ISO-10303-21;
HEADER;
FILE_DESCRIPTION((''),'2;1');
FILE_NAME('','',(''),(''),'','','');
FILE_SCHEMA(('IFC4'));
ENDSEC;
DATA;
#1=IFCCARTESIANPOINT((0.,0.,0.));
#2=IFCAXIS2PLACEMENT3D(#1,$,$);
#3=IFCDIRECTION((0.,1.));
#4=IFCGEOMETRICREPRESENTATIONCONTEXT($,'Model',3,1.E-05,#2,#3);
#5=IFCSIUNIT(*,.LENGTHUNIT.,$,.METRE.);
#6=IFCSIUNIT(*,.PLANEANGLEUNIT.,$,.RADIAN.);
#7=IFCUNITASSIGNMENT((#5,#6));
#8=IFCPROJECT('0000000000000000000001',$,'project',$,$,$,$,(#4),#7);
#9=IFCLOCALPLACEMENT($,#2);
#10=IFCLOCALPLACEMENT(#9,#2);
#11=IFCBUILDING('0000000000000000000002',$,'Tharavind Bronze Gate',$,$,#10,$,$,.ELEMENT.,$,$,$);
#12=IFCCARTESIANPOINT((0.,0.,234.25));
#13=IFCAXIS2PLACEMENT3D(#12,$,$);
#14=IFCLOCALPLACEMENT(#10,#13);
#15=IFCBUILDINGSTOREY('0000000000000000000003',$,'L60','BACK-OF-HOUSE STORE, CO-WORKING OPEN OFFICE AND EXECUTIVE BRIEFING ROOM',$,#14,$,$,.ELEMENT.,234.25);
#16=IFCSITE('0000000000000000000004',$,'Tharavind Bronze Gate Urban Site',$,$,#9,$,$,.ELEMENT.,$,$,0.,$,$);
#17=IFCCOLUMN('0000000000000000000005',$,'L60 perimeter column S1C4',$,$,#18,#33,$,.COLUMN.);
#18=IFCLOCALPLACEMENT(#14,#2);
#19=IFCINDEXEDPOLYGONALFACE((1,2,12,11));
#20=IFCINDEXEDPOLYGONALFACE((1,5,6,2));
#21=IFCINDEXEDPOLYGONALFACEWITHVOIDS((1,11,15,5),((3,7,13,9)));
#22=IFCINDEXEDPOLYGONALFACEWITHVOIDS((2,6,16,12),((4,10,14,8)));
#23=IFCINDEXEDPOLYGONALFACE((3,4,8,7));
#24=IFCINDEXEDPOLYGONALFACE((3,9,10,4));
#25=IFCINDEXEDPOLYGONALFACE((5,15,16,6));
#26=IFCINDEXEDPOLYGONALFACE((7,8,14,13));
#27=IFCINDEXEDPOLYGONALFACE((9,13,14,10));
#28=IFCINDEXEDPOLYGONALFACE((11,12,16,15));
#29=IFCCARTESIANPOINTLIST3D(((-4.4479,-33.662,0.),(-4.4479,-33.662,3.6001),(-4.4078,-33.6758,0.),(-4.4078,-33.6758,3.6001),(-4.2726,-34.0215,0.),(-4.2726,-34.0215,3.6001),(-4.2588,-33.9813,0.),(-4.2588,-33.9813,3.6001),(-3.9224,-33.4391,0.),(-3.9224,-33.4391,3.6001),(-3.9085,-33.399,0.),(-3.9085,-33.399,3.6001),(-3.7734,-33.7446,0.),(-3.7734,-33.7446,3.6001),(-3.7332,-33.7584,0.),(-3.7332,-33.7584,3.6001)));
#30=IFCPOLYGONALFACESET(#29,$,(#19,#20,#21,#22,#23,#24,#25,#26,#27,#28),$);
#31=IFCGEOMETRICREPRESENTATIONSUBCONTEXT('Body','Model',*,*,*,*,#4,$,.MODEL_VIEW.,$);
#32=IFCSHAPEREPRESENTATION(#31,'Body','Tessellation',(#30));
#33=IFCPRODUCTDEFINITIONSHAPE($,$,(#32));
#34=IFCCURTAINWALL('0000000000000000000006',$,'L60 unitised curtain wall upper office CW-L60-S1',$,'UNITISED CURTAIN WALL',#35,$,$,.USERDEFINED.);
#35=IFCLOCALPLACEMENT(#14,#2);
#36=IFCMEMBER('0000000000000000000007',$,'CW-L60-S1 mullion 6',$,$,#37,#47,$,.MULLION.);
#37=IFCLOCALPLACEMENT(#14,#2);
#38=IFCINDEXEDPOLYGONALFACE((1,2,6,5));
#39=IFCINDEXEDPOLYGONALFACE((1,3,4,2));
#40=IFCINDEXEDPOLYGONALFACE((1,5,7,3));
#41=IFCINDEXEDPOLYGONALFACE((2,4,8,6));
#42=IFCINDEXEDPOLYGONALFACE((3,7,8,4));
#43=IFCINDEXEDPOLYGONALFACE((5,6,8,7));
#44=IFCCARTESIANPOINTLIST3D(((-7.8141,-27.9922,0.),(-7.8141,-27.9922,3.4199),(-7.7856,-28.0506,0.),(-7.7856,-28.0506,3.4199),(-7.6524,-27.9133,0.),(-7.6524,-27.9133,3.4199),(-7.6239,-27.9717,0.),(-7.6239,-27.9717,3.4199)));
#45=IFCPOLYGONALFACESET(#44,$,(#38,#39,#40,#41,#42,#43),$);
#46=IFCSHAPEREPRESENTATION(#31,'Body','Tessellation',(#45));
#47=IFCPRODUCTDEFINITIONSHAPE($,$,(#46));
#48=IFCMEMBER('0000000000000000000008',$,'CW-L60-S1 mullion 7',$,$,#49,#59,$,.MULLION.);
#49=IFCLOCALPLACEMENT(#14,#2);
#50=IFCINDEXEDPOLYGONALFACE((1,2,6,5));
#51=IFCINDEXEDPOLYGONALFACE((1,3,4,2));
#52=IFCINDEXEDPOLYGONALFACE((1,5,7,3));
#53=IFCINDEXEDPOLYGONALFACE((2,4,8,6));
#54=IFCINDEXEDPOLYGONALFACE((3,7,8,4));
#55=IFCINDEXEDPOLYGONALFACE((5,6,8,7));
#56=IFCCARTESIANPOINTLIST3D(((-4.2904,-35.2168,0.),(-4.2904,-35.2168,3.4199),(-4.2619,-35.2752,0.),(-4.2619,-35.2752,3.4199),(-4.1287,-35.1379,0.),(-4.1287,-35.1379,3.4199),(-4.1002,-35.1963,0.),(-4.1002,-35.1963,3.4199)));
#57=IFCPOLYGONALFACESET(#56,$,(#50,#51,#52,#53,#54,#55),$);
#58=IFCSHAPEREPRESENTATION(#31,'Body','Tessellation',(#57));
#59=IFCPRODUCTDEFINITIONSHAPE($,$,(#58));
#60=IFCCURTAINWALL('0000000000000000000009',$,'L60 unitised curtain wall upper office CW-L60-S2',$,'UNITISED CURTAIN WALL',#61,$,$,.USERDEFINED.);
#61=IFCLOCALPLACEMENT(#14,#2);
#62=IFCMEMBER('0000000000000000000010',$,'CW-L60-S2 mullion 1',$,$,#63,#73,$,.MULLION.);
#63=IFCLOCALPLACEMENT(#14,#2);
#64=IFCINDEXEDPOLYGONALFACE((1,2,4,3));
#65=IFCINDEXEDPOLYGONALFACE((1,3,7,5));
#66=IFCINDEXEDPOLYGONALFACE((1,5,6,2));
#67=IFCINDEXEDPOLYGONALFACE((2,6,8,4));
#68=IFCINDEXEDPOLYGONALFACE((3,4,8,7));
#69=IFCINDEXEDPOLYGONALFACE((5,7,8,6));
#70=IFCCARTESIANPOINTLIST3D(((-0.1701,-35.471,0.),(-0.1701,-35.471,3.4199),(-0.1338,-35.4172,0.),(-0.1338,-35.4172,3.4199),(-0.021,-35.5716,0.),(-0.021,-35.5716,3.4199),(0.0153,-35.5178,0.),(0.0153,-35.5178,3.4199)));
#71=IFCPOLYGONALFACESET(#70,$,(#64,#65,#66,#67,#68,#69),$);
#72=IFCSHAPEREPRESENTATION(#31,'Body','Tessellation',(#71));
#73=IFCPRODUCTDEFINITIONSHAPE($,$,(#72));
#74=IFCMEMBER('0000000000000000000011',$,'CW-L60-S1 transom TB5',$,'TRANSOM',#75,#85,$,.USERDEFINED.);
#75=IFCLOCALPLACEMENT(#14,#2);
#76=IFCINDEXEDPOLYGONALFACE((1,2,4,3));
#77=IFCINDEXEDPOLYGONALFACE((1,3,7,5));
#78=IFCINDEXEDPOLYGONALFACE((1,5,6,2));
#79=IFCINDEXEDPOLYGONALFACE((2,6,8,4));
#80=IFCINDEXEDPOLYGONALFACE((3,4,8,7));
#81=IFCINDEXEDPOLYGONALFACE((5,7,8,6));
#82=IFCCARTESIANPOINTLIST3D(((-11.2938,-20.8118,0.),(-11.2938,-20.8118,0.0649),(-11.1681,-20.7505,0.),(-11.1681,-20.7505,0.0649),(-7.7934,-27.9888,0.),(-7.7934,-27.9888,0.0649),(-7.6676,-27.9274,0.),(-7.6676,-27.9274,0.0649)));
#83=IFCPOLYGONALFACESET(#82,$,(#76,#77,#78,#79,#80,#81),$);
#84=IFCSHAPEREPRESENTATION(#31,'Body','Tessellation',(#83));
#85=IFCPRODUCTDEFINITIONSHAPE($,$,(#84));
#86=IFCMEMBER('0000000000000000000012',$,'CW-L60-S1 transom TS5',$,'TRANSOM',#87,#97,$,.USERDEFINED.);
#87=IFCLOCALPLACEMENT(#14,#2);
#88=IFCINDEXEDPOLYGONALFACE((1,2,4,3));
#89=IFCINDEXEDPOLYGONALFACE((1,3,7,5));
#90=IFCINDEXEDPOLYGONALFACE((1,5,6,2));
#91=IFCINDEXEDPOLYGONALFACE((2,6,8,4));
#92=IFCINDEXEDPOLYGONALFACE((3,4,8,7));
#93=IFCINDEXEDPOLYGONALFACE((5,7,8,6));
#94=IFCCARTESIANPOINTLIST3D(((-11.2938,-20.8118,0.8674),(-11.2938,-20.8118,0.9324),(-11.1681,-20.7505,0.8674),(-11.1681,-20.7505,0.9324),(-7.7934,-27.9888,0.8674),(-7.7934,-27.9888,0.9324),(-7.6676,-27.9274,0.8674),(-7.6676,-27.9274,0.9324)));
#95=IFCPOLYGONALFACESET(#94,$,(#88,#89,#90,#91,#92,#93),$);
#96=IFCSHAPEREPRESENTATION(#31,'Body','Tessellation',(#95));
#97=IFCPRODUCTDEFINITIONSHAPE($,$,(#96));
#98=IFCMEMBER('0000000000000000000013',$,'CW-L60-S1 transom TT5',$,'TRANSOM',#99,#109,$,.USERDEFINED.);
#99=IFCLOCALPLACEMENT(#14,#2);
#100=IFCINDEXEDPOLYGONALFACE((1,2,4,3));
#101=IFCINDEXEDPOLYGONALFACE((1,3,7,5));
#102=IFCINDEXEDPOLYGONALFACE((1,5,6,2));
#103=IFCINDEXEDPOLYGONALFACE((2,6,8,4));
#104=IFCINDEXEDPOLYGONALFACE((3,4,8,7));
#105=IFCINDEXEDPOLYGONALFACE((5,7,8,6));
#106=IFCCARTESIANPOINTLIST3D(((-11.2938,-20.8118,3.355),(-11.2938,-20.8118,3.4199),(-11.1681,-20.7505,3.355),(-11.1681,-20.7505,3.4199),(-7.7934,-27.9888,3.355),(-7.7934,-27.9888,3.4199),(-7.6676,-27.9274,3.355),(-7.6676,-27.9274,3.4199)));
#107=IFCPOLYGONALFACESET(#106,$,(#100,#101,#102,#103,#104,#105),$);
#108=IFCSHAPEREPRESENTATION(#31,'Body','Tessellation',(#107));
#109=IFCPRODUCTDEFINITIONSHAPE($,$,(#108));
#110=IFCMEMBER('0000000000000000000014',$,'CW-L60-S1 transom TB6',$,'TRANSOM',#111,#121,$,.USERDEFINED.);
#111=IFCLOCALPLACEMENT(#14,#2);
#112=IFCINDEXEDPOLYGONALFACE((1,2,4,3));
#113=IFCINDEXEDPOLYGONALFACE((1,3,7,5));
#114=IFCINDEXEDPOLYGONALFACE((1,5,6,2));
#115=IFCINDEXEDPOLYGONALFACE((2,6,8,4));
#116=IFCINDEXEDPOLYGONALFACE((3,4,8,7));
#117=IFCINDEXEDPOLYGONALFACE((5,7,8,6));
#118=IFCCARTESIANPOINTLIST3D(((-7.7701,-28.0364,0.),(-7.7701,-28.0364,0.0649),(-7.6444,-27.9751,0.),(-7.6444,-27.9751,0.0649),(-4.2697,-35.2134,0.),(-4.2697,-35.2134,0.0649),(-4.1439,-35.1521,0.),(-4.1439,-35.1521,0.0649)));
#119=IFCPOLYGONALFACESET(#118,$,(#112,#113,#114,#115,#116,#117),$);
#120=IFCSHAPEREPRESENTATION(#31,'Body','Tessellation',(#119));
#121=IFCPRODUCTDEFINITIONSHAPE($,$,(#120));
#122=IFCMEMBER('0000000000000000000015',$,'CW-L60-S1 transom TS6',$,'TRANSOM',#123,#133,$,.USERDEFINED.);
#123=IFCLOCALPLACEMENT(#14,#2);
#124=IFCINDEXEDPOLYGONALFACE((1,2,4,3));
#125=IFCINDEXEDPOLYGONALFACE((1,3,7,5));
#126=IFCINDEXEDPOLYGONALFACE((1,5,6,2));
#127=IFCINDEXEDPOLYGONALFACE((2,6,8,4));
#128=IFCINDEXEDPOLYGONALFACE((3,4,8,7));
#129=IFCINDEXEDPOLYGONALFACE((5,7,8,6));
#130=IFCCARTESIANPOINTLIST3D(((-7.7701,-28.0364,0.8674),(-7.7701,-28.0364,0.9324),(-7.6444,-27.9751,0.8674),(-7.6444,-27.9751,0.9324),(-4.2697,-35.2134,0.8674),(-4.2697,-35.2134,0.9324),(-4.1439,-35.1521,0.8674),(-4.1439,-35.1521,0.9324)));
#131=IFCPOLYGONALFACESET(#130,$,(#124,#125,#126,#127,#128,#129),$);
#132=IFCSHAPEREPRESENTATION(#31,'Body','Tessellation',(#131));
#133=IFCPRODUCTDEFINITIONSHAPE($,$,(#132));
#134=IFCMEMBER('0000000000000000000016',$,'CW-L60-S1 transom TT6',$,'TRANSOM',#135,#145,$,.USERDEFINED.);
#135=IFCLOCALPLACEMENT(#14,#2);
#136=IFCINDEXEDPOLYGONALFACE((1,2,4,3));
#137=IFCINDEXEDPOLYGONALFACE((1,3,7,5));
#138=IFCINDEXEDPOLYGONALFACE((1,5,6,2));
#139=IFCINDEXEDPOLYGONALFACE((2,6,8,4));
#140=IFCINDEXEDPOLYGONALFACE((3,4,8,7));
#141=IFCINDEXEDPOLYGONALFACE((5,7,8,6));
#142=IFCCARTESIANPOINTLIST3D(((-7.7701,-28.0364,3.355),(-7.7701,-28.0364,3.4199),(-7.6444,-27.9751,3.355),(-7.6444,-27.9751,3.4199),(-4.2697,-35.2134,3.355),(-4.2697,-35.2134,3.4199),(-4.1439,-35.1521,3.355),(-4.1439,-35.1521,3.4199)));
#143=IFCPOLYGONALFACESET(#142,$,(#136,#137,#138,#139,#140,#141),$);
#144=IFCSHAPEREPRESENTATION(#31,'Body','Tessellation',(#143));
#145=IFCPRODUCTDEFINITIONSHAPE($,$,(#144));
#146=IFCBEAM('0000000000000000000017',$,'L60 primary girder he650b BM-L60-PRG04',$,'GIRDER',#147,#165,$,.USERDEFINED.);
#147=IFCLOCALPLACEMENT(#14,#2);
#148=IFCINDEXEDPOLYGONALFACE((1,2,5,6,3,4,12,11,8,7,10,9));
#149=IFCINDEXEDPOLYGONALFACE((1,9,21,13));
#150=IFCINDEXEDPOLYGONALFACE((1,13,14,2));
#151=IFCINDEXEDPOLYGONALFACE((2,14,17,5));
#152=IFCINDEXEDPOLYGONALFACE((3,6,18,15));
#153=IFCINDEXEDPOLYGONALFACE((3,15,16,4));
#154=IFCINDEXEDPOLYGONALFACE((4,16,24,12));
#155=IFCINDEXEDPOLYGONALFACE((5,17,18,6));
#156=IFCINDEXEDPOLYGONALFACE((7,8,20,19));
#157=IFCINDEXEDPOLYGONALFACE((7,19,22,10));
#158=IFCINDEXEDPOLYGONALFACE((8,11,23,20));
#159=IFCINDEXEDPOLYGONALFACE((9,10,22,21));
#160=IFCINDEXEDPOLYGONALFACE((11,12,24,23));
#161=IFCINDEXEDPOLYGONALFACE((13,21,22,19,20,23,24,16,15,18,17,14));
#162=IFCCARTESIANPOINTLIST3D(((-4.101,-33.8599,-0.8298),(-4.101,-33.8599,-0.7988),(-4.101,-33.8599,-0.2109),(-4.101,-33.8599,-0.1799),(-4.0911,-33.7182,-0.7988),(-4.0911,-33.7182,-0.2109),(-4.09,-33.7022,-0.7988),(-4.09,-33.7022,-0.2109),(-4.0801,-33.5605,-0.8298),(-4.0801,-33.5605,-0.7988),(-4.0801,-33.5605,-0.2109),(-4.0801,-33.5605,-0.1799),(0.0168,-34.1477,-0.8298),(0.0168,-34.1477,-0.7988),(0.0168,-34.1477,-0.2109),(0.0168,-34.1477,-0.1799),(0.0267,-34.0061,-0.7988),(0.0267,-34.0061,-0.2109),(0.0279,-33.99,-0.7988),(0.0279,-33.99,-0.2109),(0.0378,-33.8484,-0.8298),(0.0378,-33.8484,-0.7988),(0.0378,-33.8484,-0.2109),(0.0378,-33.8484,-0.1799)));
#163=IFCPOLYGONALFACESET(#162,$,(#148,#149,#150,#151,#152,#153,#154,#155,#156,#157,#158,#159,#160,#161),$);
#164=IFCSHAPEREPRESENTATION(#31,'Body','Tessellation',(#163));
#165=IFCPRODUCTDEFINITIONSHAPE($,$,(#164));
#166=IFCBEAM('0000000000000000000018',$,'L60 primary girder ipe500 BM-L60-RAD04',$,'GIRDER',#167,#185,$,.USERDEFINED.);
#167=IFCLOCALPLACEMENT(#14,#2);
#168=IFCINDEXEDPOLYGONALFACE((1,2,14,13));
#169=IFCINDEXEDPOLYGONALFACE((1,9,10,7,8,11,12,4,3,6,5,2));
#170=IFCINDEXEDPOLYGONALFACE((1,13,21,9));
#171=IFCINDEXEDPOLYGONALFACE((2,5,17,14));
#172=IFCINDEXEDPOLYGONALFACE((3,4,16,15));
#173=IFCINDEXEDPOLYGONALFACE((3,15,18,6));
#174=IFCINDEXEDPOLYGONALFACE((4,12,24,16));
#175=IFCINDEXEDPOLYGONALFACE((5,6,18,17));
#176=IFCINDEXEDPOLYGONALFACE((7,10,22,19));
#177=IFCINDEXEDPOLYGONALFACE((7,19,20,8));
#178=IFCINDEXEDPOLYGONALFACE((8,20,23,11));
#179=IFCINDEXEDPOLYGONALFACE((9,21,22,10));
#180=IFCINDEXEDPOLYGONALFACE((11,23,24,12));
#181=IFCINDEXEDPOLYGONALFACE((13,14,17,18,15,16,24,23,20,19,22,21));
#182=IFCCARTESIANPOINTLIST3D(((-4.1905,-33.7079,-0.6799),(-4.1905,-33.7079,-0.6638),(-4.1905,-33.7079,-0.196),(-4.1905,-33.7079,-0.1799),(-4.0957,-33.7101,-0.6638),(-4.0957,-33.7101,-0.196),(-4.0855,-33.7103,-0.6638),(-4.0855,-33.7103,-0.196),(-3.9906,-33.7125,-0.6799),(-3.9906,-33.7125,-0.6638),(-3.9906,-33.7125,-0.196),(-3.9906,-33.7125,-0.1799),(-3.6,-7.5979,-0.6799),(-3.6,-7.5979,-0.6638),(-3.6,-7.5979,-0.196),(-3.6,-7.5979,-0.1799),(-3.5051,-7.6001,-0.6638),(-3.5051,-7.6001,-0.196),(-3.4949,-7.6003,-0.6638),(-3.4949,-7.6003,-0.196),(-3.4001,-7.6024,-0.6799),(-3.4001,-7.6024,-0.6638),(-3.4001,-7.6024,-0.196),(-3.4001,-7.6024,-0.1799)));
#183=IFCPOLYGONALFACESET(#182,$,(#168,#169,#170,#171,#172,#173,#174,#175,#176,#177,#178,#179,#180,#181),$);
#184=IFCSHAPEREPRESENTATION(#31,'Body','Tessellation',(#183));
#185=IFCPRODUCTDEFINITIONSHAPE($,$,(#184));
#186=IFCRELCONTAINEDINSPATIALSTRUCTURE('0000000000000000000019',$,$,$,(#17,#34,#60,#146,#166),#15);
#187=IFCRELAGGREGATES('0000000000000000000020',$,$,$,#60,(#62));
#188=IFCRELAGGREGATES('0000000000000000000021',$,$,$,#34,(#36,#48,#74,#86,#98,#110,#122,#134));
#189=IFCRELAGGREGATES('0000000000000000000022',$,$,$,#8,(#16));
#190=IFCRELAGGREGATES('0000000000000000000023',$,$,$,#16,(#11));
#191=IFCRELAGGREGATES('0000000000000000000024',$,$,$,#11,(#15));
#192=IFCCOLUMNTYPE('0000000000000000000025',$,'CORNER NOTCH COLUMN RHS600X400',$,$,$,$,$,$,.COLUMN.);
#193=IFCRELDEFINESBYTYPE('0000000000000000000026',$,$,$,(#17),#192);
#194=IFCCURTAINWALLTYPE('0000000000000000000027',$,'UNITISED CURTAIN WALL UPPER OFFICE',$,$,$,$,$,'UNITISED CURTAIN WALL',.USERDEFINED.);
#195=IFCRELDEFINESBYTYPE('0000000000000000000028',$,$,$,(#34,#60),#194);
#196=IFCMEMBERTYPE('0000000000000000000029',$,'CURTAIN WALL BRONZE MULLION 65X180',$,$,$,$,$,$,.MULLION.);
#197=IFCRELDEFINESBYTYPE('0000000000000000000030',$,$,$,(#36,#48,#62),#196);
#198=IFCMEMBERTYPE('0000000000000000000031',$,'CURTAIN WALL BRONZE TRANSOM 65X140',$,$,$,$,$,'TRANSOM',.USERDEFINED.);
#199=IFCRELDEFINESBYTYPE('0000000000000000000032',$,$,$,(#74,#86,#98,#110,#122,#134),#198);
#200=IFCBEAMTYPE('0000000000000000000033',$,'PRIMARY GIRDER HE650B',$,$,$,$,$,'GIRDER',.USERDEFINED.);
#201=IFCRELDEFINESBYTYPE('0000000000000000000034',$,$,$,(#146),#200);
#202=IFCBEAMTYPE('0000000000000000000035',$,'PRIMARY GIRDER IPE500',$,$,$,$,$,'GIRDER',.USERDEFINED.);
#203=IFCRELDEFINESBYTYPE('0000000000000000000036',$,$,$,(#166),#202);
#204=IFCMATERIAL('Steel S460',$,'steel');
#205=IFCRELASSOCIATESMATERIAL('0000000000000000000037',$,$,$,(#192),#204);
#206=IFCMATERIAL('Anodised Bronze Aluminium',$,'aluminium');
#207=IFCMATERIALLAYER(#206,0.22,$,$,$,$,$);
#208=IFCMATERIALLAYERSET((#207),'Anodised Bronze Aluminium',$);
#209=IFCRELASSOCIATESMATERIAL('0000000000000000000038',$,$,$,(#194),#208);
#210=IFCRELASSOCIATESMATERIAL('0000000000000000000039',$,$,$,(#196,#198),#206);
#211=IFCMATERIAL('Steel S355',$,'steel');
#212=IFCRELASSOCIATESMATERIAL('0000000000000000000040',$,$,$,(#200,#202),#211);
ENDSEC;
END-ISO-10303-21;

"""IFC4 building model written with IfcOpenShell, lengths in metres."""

from ifc_helpers import new_model, si_unit, direction, frame, origin, origin_2d, place, context, subcontext, project, spatial, rectangle, hollow_rectangle, i_section, extrude, material, layer, layer_set, material_profile, profile_set, type_object, element, aggregate, save


model = new_model("IFC4")

# Units and contexts
model_context = context("Model", 3, precision=1e-05, world=origin(), true_north=direction((0.0, 1.0)))
body_context = subcontext(model_context, "Body", "Model", "MODEL_VIEW")
ifc_project = project(units=[si_unit("LENGTHUNIT", "METRE"), si_unit("PLANEANGLEUNIT", "RADIAN")], contexts=[model_context])

# Site, building, storey
site_placement = place(None, origin())
site = spatial("IfcSite", under=ifc_project, at=site_placement, Name="Tharavind Bronze Gate Urban Site", CompositionType="ELEMENT", RefElevation=0.0)
building_placement = place(site_placement, origin())
building = spatial("IfcBuilding", under=site, at=building_placement, Name="Tharavind Bronze Gate", CompositionType="ELEMENT")
storey_placement = place(building_placement, frame((0.0, 0.0, 234.25)))
storey = spatial("IfcBuildingStorey", under=building, at=storey_placement, Name="L60", Description="BACK-OF-HOUSE STORE, CO-WORKING OPEN OFFICE AND EXECUTIVE BRIEFING ROOM", CompositionType="ELEMENT", Elevation=234.25)

# Column
ifc_material_1 = material(Name="Steel S460", Category="steel")
ifc_material_profile_1 = material_profile(ifc_material_1, hollow_rectangle(XDim=0.3999, YDim=0.6001, WallThickness=0.03, at=origin_2d()), Name="RHS600X400X30")
ifc_profile_set_1 = profile_set([ifc_material_profile_1], Name="Steel S460")
column_type = type_object("IfcColumnType", Name="CORNER NOTCH COLUMN RHS600X400", PredefinedType="COLUMN", material=ifc_profile_set_1)
column_placement = place(storey_placement, frame((-4.0906, -33.7102, 0.0), z_axis=(0.0, 0.0, 1.0), x_axis=(-0.438371, 0.898794, 0.0)))
element("IfcColumn", 1, at=column_placement, inside=storey, type_object=column_type, Name="L60 perimeter column S1C4", PredefinedType="COLUMN", context=body_context, shape_type="SweptSolid", body=[
    extrude(hollow_rectangle(XDim=0.3999, YDim=0.6001, WallThickness=0.03, at=origin_2d()), origin(), (0.0, 0.0, 1.0), 3.6001),
])

# Curtain wall, members
ifc_material_2 = material(Name="Anodised Bronze Aluminium", Category="aluminium")
ifc_layer_1 = layer(ifc_material_2, 0.22)
ifc_layer_set_1 = layer_set([ifc_layer_1], Name="Anodised Bronze Aluminium")
curtain_wall_type = type_object("IfcCurtainWallType", Name="UNITISED CURTAIN WALL UPPER OFFICE", ElementType="UNITISED CURTAIN WALL", PredefinedType="USERDEFINED", material=ifc_layer_set_1)
curtain_wall_1_placement = place(storey_placement, origin())
curtain_wall_1 = element("IfcCurtainWall", 2, at=curtain_wall_1_placement, inside=storey, type_object=curtain_wall_type, Name="L60 unitised curtain wall upper office CW-L60-S1", ObjectType="UNITISED CURTAIN WALL", PredefinedType="USERDEFINED")
member_type_1 = type_object("IfcMemberType", Name="CURTAIN WALL BRONZE MULLION 65X180", PredefinedType="MULLION", material=ifc_material_2)
member_1_placement = place(storey_placement, frame((-7.719, -27.9819, 0.0), z_axis=(0.0, 0.0, 1.0), x_axis=(0.438371, -0.898794, 0.0)))
member_1 = element("IfcMember", 3, at=member_1_placement, type_object=member_type_1, Name="CW-L60-S1 mullion 6", PredefinedType="MULLION", context=body_context, shape_type="SweptSolid", body=[
    extrude(rectangle(XDim=0.0649, YDim=0.1799, at=origin_2d()), origin(), (0.0, 0.0, 1.0), 3.4199),
])
member_2_placement = place(storey_placement, frame((-4.1953, -35.2065, 0.0), z_axis=(0.0, 0.0, 1.0), x_axis=(0.438371, -0.898794, 0.0)))
member_2 = element("IfcMember", 4, at=member_2_placement, type_object=member_type_1, Name="CW-L60-S1 mullion 7", PredefinedType="MULLION", context=body_context, shape_type="SweptSolid", body=[
    extrude(rectangle(XDim=0.0649, YDim=0.1799, at=origin_2d()), origin(), (0.0, 0.0, 1.0), 3.4199),
])

# Curtain wall, member
curtain_wall_2_placement = place(storey_placement, origin())
curtain_wall_2 = element("IfcCurtainWall", 5, at=curtain_wall_2_placement, inside=storey, type_object=curtain_wall_type, Name="L60 unitised curtain wall upper office CW-L60-S2", ObjectType="UNITISED CURTAIN WALL", PredefinedType="USERDEFINED")
member_3_placement = place(storey_placement, frame((-0.0774, -35.4944, 0.0), z_axis=(0.0, 0.0, 1.0), x_axis=(0.559193, 0.829038, 0.0)))
member_3 = element("IfcMember", 6, at=member_3_placement, type_object=member_type_1, Name="CW-L60-S2 mullion 1", PredefinedType="MULLION", context=body_context, shape_type="SweptSolid", body=[
    extrude(rectangle(XDim=0.0649, YDim=0.1799, at=origin_2d()), origin(), (0.0, 0.0, 1.0), 3.4199),
])
aggregate(curtain_wall_2, [member_3])

# Members
member_type_2 = type_object("IfcMemberType", Name="CURTAIN WALL BRONZE TRANSOM 65X140", ElementType="TRANSOM", PredefinedType="USERDEFINED", material=ifc_material_2)
member_4_placement = place(storey_placement, frame((-9.4807, -24.3696, 0.0), z_axis=(0.0, 0.0, 1.0), x_axis=(0.438371, -0.898794, 0.0)))
member_4 = element("IfcMember", 7, at=member_4_placement, type_object=member_type_2, Name="CW-L60-S1 transom TB5", ObjectType="TRANSOM", PredefinedType="USERDEFINED", context=body_context, shape_type="SweptSolid", body=[
    extrude(rectangle(XDim=7.9851, YDim=0.1399, at=origin_2d()), origin(), (0.0, 0.0, 1.0), 0.0649),
])
member_5_placement = place(storey_placement, frame((-9.4807, -24.3696, 0.8674), z_axis=(0.0, 0.0, 1.0), x_axis=(0.438371, -0.898794, 0.0)))
member_5 = element("IfcMember", 8, at=member_5_placement, type_object=member_type_2, Name="CW-L60-S1 transom TS5", ObjectType="TRANSOM", PredefinedType="USERDEFINED", context=body_context, shape_type="SweptSolid", body=[
    extrude(rectangle(XDim=7.9851, YDim=0.1399, at=origin_2d()), origin(), (0.0, 0.0, 1.0), 0.0649),
])
member_6_placement = place(storey_placement, frame((-9.4807, -24.3696, 3.355), z_axis=(0.0, 0.0, 1.0), x_axis=(0.438371, -0.898794, 0.0)))
member_6 = element("IfcMember", 9, at=member_6_placement, type_object=member_type_2, Name="CW-L60-S1 transom TT5", ObjectType="TRANSOM", PredefinedType="USERDEFINED", context=body_context, shape_type="SweptSolid", body=[
    extrude(rectangle(XDim=7.9851, YDim=0.1399, at=origin_2d()), origin(), (0.0, 0.0, 1.0), 0.0649),
])
member_7_placement = place(storey_placement, frame((-5.957, -31.5942, 0.0), z_axis=(0.0, 0.0, 1.0), x_axis=(0.438371, -0.898794, 0.0)))
member_7 = element("IfcMember", 10, at=member_7_placement, type_object=member_type_2, Name="CW-L60-S1 transom TB6", ObjectType="TRANSOM", PredefinedType="USERDEFINED", context=body_context, shape_type="SweptSolid", body=[
    extrude(rectangle(XDim=7.9851, YDim=0.1399, at=origin_2d()), origin(), (0.0, 0.0, 1.0), 0.0649),
])
member_8_placement = place(storey_placement, frame((-5.957, -31.5942, 0.8674), z_axis=(0.0, 0.0, 1.0), x_axis=(0.438371, -0.898794, 0.0)))
member_8 = element("IfcMember", 11, at=member_8_placement, type_object=member_type_2, Name="CW-L60-S1 transom TS6", ObjectType="TRANSOM", PredefinedType="USERDEFINED", context=body_context, shape_type="SweptSolid", body=[
    extrude(rectangle(XDim=7.9851, YDim=0.1399, at=origin_2d()), origin(), (0.0, 0.0, 1.0), 0.0649),
])
member_9_placement = place(storey_placement, frame((-5.957, -31.5942, 3.355), z_axis=(0.0, 0.0, 1.0), x_axis=(0.438371, -0.898794, 0.0)))
member_9 = element("IfcMember", 12, at=member_9_placement, type_object=member_type_2, Name="CW-L60-S1 transom TT6", ObjectType="TRANSOM", PredefinedType="USERDEFINED", context=body_context, shape_type="SweptSolid", body=[
    extrude(rectangle(XDim=7.9851, YDim=0.1399, at=origin_2d()), origin(), (0.0, 0.0, 1.0), 0.0649),
])

# Beams
ifc_material_3 = material(Name="Steel S355", Category="steel")
ifc_material_profile_2 = material_profile(ifc_material_3, i_section(OverallWidth=0.3, OverallDepth=0.6499, WebThickness=0.0161, FlangeThickness=0.031, at=origin_2d()), Name="HE650B")
ifc_profile_set_2 = profile_set([ifc_material_profile_2], Name="Steel S355")
beam_type_1 = type_object("IfcBeamType", Name="PRIMARY GIRDER HE650B", ElementType="GIRDER", PredefinedType="USERDEFINED", material=ifc_profile_set_2)
beam_1_placement = place(storey_placement, frame((-4.0906, -33.7102, -0.5049), z_axis=(0.997566, -0.06973, 0.0), x_axis=(0.06973, 0.997566, 0.0)))
element("IfcBeam", 13, at=beam_1_placement, inside=storey, type_object=beam_type_1, Name="L60 primary girder he650b BM-L60-PRG04", ObjectType="GIRDER", PredefinedType="USERDEFINED", context=body_context, shape_type="SweptSolid", body=[
    extrude(i_section(OverallWidth=0.3, OverallDepth=0.6499, WebThickness=0.0161, FlangeThickness=0.031, at=origin_2d()), origin(), (0.0, 0.0, 1.0), 4.1279),
])
ifc_material_profile_3 = material_profile(ifc_material_3, i_section(OverallWidth=0.2, OverallDepth=0.5, WebThickness=0.0103, FlangeThickness=0.0161, at=origin_2d()), Name="IPE500")
ifc_profile_set_3 = profile_set([ifc_material_profile_3], Name="Steel S355")
beam_type_2 = type_object("IfcBeamType", Name="PRIMARY GIRDER IPE500", ElementType="GIRDER", PredefinedType="USERDEFINED", material=ifc_profile_set_3)
beam_2_placement = place(storey_placement, frame((-4.0906, -33.7102, -0.4299), z_axis=(0.022613, 0.999744, 0.0), x_axis=(-0.999744, 0.022613, 0.0)))
element("IfcBeam", 14, at=beam_2_placement, inside=storey, type_object=beam_type_2, Name="L60 primary girder ipe500 BM-L60-RAD04", ObjectType="GIRDER", PredefinedType="USERDEFINED", context=body_context, shape_type="SweptSolid", body=[
    extrude(i_section(OverallWidth=0.2, OverallDepth=0.5, WebThickness=0.0103, FlangeThickness=0.0161, at=origin_2d()), origin(), (0.0, 0.0, 1.0), 26.1167),
])

aggregate(curtain_wall_1, [member_1, member_2, member_4, member_5, member_6, member_7, member_8, member_9])

save(model, "model.ifc")
